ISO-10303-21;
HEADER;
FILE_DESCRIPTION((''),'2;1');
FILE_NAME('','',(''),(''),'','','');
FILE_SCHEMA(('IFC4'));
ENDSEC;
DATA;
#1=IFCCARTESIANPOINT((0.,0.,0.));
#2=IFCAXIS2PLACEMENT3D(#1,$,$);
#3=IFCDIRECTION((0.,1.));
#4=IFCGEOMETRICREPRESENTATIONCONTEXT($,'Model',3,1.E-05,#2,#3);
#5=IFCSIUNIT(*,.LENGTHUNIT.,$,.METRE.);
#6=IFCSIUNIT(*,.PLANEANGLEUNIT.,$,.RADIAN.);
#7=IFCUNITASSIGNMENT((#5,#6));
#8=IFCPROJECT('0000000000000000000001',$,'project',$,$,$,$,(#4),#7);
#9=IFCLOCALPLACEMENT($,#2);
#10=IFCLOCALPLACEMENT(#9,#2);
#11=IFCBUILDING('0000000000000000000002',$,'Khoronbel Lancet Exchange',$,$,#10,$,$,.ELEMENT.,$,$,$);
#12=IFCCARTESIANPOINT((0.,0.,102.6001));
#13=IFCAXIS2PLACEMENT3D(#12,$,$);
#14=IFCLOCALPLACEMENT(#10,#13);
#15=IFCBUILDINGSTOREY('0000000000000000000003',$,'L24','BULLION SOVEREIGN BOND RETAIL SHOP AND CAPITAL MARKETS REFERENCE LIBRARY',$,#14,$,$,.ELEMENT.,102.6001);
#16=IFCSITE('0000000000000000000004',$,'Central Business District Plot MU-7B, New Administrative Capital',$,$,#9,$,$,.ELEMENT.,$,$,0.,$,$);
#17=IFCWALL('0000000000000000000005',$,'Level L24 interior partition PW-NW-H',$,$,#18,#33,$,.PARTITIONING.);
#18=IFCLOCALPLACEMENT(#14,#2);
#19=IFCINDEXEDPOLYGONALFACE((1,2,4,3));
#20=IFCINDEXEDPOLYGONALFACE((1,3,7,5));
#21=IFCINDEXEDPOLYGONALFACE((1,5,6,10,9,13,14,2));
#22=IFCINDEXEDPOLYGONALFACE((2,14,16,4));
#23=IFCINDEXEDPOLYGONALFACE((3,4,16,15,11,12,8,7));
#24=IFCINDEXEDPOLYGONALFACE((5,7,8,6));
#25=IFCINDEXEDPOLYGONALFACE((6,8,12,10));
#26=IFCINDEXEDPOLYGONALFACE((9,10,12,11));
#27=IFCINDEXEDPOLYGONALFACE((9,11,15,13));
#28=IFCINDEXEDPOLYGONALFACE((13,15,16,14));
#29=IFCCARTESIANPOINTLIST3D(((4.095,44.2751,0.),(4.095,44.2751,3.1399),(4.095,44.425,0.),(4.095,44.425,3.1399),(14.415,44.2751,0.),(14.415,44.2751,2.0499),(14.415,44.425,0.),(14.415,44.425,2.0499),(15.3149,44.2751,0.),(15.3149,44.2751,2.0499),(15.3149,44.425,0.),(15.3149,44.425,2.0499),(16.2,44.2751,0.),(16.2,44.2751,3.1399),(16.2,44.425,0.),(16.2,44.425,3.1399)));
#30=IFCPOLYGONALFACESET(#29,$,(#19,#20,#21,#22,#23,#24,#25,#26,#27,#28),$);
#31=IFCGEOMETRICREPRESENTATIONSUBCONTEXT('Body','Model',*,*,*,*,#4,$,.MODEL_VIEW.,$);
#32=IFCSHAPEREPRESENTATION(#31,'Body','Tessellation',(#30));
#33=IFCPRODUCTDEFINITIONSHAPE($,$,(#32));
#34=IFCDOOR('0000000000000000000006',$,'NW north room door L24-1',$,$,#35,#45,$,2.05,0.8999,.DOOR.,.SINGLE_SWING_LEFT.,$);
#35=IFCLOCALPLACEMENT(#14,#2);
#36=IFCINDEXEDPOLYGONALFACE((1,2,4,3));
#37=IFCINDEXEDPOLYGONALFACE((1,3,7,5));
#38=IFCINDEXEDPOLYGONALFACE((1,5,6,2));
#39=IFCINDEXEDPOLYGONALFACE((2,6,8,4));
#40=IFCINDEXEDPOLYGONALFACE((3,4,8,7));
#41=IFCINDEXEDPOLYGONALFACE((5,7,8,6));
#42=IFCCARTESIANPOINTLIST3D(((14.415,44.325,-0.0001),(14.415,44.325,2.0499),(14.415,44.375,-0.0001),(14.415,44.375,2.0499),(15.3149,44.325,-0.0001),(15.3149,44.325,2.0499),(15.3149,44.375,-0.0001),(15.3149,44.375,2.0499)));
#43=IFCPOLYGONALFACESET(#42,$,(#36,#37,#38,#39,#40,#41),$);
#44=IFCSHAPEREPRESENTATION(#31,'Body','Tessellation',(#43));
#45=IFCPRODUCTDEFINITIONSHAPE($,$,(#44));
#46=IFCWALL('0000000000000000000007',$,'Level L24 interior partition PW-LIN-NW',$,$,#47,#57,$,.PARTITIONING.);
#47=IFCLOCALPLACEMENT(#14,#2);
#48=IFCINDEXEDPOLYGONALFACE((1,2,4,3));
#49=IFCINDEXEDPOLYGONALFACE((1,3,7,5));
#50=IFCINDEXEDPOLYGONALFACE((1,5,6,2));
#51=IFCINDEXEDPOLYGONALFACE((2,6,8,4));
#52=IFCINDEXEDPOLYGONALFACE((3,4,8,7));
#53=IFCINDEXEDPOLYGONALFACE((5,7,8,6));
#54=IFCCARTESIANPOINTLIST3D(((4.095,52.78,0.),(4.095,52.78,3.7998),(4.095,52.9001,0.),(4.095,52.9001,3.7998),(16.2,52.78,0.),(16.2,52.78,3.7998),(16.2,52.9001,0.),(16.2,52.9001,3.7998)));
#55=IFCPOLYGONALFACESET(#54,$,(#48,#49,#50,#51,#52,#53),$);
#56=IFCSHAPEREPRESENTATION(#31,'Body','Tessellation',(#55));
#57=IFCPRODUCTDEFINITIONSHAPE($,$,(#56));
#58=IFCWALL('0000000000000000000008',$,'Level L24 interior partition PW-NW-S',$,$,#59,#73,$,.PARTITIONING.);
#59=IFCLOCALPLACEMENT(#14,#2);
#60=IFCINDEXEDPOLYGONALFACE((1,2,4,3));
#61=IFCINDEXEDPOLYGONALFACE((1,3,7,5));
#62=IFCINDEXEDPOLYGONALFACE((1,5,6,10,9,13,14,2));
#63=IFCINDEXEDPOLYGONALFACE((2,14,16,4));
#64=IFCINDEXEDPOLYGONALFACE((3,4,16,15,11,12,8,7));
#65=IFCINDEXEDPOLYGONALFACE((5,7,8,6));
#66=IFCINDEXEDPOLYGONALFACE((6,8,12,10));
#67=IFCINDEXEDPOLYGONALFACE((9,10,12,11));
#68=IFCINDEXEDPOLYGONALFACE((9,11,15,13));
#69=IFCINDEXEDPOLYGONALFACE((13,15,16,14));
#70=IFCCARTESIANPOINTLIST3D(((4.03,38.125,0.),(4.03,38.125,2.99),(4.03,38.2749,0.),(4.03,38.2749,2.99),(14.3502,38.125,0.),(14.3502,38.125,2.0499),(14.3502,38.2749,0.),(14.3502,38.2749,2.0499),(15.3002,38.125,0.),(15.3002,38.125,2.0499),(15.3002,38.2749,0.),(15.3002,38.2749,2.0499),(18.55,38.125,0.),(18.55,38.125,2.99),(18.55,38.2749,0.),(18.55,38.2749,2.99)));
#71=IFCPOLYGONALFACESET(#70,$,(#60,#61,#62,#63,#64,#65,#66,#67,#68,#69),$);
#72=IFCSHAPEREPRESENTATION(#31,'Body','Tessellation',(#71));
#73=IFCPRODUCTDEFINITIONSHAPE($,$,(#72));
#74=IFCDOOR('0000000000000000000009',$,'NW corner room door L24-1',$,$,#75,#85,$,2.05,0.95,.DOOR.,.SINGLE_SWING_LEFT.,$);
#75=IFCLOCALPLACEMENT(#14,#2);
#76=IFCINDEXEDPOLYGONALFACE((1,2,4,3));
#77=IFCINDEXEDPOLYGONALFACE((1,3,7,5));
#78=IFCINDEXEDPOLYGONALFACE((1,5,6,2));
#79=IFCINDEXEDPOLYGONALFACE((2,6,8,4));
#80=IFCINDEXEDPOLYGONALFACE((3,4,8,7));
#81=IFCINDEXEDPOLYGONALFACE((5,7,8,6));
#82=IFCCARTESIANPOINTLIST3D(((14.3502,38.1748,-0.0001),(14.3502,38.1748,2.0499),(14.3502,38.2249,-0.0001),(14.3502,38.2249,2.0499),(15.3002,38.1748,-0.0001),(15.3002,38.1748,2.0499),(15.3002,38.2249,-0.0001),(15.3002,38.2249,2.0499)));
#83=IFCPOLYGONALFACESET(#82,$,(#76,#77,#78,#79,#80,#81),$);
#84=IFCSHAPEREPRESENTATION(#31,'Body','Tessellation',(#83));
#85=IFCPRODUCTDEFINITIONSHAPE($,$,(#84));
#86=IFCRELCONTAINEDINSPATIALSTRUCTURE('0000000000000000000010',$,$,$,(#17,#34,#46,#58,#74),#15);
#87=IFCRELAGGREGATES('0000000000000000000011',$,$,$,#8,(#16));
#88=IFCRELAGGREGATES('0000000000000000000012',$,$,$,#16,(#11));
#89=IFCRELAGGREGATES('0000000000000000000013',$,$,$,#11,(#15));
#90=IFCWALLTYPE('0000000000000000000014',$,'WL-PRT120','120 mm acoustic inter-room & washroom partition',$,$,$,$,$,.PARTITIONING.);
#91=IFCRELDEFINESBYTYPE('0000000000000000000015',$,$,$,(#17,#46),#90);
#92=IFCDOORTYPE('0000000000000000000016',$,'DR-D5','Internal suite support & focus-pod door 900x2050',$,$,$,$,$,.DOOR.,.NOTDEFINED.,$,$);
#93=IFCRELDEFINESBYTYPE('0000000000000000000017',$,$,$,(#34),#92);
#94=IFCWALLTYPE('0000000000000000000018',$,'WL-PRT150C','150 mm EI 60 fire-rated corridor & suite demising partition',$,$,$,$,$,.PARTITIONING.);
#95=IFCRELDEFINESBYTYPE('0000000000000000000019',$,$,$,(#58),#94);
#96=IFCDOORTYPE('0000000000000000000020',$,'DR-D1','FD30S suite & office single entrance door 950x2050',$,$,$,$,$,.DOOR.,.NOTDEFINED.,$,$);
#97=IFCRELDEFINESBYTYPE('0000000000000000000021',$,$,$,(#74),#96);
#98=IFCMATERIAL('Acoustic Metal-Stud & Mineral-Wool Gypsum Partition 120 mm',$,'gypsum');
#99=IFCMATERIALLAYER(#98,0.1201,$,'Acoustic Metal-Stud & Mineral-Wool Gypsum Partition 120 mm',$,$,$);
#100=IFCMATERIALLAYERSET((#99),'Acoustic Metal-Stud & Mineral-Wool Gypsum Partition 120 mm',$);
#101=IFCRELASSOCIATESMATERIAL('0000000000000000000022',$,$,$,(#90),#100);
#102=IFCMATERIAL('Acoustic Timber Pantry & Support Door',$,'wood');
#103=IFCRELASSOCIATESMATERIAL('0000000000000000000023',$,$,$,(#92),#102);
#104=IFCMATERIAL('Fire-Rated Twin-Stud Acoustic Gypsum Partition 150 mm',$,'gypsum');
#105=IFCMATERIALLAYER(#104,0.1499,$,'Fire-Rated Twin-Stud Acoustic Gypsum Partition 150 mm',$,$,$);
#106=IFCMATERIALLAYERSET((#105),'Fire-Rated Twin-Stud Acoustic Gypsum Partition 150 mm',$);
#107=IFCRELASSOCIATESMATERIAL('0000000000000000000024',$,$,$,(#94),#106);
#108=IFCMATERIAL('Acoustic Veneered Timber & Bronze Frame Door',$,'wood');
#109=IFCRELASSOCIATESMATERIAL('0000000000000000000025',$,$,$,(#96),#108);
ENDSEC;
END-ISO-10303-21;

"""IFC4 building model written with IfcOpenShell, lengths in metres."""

from ifc_helpers import new_model, si_unit, direction, frame, frame_2d, origin, place, context, subcontext, project, spatial, rectangle, extrude, material, layer, layer_set, type_object, element, fill, save


model = new_model("IFC4")

# Units and contexts
model_context = context("Model", 3, precision=1e-05, world=origin(), true_north=direction((0.0, 1.0)))
body_context = subcontext(model_context, "Body", "Model", "MODEL_VIEW")
ifc_project = project(units=[si_unit("LENGTHUNIT", "METRE"), si_unit("PLANEANGLEUNIT", "RADIAN")], contexts=[model_context])

# Site, building, storey
site_placement = place(None, origin())
site = spatial("IfcSite", under=ifc_project, at=site_placement, Name="Central Business District Plot MU-7B, New Administrative Capital", CompositionType="ELEMENT", RefElevation=0.0)
building_placement = place(site_placement, origin())
building = spatial("IfcBuilding", under=site, at=building_placement, Name="Khoronbel Lancet Exchange", CompositionType="ELEMENT")
storey_placement = place(building_placement, frame((0.0, 0.0, 102.6001)))
storey = spatial("IfcBuildingStorey", under=building, at=storey_placement, Name="L24", Description="BULLION SOVEREIGN BOND RETAIL SHOP AND CAPITAL MARKETS REFERENCE LIBRARY", CompositionType="ELEMENT", Elevation=102.6001)

# Wall, opening, door
ifc_material_1 = material(Name="Acoustic Metal-Stud & Mineral-Wool Gypsum Partition 120 mm", Category="gypsum")
ifc_layer_1 = layer(ifc_material_1, 0.1201, Name="Acoustic Metal-Stud & Mineral-Wool Gypsum Partition 120 mm")
ifc_layer_set_1 = layer_set([ifc_layer_1], Name="Acoustic Metal-Stud & Mineral-Wool Gypsum Partition 120 mm")
wall_type_1 = type_object("IfcWallType", Name="WL-PRT120", Description="120 mm acoustic inter-room & washroom partition", PredefinedType="PARTITIONING", material=ifc_layer_set_1)
wall_1_placement = place(storey_placement, frame((4.095, 44.3501, 0.0), z_axis=(0.0, 0.0, 1.0), x_axis=(1.0, 0.0, 0.0)))
wall_1 = element("IfcWall", 1, at=wall_1_placement, inside=storey, type_object=wall_type_1, Name="Level L24 interior partition PW-NW-H", PredefinedType="PARTITIONING", context=body_context, shape_type="SweptSolid", body=[
    extrude(rectangle(XDim=12.105, YDim=0.1499, at=frame_2d((6.0525, 0.0))), origin(), (0.0, 0.0, 1.0), 3.1399),
])
opening_1_placement = place(wall_1_placement, frame((10.3201, 0.0, 0.0)))
opening_1 = element("IfcOpeningElement", 2, at=opening_1_placement, cuts=wall_1, PredefinedType="OPENING", context=body_context, shape_type="SweptSolid", body=[
    extrude(rectangle(XDim=0.8999, YDim=2.05, at=frame_2d((0.45, 1.0249))), frame((0.0, 0.085, 0.0), z_axis=(0.0, -1.0, 0.0), x_axis=(1.0, 0.0, 0.0)), (0.0, 0.0, 1.0), 0.1699),
])
ifc_material_2 = material(Name="Acoustic Timber Pantry & Support Door", Category="wood")
door_type_1 = type_object("IfcDoorType", Name="DR-D5", Description="Internal suite support & focus-pod door 900x2050", OperationType="NOTDEFINED", PredefinedType="DOOR", material=ifc_material_2)
door_1_placement = place(opening_1_placement, origin())
door_1 = element("IfcDoor", 3, at=door_1_placement, inside=storey, type_object=door_type_1, Name="NW north room door L24-1", OperationType="SINGLE_SWING_LEFT", OverallHeight=2.05, OverallWidth=0.8999, PredefinedType="DOOR", context=body_context, shape_type="SweptSolid", body=[
    extrude(rectangle(XDim=0.8999, YDim=2.05, at=frame_2d((0.45, 1.0249))), frame((0.0, 0.0249, 0.0), z_axis=(0.0, -1.0, 0.0), x_axis=(1.0, 0.0, 0.0)), (0.0, 0.0, 1.0), 0.05),
])
fill(opening_1, door_1)

# Wall
wall_2_placement = place(storey_placement, frame((4.095, 52.8401, 0.0), z_axis=(0.0, 0.0, 1.0), x_axis=(1.0, 0.0, 0.0)))
element("IfcWall", 4, at=wall_2_placement, inside=storey, type_object=wall_type_1, Name="Level L24 interior partition PW-LIN-NW", PredefinedType="PARTITIONING", context=body_context, shape_type="SweptSolid", body=[
    extrude(rectangle(XDim=12.105, YDim=0.1201, at=frame_2d((6.0525, 0.0))), origin(), (0.0, 0.0, 1.0), 3.7998),
])

# Wall, opening, door
ifc_material_3 = material(Name="Fire-Rated Twin-Stud Acoustic Gypsum Partition 150 mm", Category="gypsum")
ifc_layer_2 = layer(ifc_material_3, 0.1499, Name="Fire-Rated Twin-Stud Acoustic Gypsum Partition 150 mm")
ifc_layer_set_2 = layer_set([ifc_layer_2], Name="Fire-Rated Twin-Stud Acoustic Gypsum Partition 150 mm")
wall_type_2 = type_object("IfcWallType", Name="WL-PRT150C", Description="150 mm EI 60 fire-rated corridor & suite demising partition", PredefinedType="PARTITIONING", material=ifc_layer_set_2)
wall_3_placement = place(storey_placement, frame((4.03, 38.2, 0.0), z_axis=(0.0, 0.0, 1.0), x_axis=(1.0, 0.0, 0.0)))
wall_3 = element("IfcWall", 5, at=wall_3_placement, inside=storey, type_object=wall_type_2, Name="Level L24 interior partition PW-NW-S", PredefinedType="PARTITIONING", context=body_context, shape_type="SweptSolid", body=[
    extrude(rectangle(XDim=14.52, YDim=0.1499, at=frame_2d((7.26, 0.0))), origin(), (0.0, 0.0, 1.0), 2.99),
])
opening_2_placement = place(wall_3_placement, frame((10.3201, 0.0, 0.0)))
opening_2 = element("IfcOpeningElement", 6, at=opening_2_placement, cuts=wall_3, PredefinedType="OPENING", context=body_context, shape_type="SweptSolid", body=[
    extrude(rectangle(XDim=0.95, YDim=2.05, at=frame_2d((0.4751, 1.0249))), frame((0.0, 0.085, 0.0), z_axis=(0.0, -1.0, 0.0), x_axis=(1.0, 0.0, 0.0)), (0.0, 0.0, 1.0), 0.1699),
])
ifc_material_4 = material(Name="Acoustic Veneered Timber & Bronze Frame Door", Category="wood")
door_type_2 = type_object("IfcDoorType", Name="DR-D1", Description="FD30S suite & office single entrance door 950x2050", OperationType="NOTDEFINED", PredefinedType="DOOR", material=ifc_material_4)
door_2_placement = place(opening_2_placement, origin())
door_2 = element("IfcDoor", 7, at=door_2_placement, inside=storey, type_object=door_type_2, Name="NW corner room door L24-1", OperationType="SINGLE_SWING_LEFT", OverallHeight=2.05, OverallWidth=0.95, PredefinedType="DOOR", context=body_context, shape_type="SweptSolid", body=[
    extrude(rectangle(XDim=0.95, YDim=2.05, at=frame_2d((0.4751, 1.0249))), frame((0.0, 0.0249, 0.0), z_axis=(0.0, -1.0, 0.0), x_axis=(1.0, 0.0, 0.0)), (0.0, 0.0, 1.0), 0.05),
])
fill(opening_2, door_2)

save(model, "model.ifc")
